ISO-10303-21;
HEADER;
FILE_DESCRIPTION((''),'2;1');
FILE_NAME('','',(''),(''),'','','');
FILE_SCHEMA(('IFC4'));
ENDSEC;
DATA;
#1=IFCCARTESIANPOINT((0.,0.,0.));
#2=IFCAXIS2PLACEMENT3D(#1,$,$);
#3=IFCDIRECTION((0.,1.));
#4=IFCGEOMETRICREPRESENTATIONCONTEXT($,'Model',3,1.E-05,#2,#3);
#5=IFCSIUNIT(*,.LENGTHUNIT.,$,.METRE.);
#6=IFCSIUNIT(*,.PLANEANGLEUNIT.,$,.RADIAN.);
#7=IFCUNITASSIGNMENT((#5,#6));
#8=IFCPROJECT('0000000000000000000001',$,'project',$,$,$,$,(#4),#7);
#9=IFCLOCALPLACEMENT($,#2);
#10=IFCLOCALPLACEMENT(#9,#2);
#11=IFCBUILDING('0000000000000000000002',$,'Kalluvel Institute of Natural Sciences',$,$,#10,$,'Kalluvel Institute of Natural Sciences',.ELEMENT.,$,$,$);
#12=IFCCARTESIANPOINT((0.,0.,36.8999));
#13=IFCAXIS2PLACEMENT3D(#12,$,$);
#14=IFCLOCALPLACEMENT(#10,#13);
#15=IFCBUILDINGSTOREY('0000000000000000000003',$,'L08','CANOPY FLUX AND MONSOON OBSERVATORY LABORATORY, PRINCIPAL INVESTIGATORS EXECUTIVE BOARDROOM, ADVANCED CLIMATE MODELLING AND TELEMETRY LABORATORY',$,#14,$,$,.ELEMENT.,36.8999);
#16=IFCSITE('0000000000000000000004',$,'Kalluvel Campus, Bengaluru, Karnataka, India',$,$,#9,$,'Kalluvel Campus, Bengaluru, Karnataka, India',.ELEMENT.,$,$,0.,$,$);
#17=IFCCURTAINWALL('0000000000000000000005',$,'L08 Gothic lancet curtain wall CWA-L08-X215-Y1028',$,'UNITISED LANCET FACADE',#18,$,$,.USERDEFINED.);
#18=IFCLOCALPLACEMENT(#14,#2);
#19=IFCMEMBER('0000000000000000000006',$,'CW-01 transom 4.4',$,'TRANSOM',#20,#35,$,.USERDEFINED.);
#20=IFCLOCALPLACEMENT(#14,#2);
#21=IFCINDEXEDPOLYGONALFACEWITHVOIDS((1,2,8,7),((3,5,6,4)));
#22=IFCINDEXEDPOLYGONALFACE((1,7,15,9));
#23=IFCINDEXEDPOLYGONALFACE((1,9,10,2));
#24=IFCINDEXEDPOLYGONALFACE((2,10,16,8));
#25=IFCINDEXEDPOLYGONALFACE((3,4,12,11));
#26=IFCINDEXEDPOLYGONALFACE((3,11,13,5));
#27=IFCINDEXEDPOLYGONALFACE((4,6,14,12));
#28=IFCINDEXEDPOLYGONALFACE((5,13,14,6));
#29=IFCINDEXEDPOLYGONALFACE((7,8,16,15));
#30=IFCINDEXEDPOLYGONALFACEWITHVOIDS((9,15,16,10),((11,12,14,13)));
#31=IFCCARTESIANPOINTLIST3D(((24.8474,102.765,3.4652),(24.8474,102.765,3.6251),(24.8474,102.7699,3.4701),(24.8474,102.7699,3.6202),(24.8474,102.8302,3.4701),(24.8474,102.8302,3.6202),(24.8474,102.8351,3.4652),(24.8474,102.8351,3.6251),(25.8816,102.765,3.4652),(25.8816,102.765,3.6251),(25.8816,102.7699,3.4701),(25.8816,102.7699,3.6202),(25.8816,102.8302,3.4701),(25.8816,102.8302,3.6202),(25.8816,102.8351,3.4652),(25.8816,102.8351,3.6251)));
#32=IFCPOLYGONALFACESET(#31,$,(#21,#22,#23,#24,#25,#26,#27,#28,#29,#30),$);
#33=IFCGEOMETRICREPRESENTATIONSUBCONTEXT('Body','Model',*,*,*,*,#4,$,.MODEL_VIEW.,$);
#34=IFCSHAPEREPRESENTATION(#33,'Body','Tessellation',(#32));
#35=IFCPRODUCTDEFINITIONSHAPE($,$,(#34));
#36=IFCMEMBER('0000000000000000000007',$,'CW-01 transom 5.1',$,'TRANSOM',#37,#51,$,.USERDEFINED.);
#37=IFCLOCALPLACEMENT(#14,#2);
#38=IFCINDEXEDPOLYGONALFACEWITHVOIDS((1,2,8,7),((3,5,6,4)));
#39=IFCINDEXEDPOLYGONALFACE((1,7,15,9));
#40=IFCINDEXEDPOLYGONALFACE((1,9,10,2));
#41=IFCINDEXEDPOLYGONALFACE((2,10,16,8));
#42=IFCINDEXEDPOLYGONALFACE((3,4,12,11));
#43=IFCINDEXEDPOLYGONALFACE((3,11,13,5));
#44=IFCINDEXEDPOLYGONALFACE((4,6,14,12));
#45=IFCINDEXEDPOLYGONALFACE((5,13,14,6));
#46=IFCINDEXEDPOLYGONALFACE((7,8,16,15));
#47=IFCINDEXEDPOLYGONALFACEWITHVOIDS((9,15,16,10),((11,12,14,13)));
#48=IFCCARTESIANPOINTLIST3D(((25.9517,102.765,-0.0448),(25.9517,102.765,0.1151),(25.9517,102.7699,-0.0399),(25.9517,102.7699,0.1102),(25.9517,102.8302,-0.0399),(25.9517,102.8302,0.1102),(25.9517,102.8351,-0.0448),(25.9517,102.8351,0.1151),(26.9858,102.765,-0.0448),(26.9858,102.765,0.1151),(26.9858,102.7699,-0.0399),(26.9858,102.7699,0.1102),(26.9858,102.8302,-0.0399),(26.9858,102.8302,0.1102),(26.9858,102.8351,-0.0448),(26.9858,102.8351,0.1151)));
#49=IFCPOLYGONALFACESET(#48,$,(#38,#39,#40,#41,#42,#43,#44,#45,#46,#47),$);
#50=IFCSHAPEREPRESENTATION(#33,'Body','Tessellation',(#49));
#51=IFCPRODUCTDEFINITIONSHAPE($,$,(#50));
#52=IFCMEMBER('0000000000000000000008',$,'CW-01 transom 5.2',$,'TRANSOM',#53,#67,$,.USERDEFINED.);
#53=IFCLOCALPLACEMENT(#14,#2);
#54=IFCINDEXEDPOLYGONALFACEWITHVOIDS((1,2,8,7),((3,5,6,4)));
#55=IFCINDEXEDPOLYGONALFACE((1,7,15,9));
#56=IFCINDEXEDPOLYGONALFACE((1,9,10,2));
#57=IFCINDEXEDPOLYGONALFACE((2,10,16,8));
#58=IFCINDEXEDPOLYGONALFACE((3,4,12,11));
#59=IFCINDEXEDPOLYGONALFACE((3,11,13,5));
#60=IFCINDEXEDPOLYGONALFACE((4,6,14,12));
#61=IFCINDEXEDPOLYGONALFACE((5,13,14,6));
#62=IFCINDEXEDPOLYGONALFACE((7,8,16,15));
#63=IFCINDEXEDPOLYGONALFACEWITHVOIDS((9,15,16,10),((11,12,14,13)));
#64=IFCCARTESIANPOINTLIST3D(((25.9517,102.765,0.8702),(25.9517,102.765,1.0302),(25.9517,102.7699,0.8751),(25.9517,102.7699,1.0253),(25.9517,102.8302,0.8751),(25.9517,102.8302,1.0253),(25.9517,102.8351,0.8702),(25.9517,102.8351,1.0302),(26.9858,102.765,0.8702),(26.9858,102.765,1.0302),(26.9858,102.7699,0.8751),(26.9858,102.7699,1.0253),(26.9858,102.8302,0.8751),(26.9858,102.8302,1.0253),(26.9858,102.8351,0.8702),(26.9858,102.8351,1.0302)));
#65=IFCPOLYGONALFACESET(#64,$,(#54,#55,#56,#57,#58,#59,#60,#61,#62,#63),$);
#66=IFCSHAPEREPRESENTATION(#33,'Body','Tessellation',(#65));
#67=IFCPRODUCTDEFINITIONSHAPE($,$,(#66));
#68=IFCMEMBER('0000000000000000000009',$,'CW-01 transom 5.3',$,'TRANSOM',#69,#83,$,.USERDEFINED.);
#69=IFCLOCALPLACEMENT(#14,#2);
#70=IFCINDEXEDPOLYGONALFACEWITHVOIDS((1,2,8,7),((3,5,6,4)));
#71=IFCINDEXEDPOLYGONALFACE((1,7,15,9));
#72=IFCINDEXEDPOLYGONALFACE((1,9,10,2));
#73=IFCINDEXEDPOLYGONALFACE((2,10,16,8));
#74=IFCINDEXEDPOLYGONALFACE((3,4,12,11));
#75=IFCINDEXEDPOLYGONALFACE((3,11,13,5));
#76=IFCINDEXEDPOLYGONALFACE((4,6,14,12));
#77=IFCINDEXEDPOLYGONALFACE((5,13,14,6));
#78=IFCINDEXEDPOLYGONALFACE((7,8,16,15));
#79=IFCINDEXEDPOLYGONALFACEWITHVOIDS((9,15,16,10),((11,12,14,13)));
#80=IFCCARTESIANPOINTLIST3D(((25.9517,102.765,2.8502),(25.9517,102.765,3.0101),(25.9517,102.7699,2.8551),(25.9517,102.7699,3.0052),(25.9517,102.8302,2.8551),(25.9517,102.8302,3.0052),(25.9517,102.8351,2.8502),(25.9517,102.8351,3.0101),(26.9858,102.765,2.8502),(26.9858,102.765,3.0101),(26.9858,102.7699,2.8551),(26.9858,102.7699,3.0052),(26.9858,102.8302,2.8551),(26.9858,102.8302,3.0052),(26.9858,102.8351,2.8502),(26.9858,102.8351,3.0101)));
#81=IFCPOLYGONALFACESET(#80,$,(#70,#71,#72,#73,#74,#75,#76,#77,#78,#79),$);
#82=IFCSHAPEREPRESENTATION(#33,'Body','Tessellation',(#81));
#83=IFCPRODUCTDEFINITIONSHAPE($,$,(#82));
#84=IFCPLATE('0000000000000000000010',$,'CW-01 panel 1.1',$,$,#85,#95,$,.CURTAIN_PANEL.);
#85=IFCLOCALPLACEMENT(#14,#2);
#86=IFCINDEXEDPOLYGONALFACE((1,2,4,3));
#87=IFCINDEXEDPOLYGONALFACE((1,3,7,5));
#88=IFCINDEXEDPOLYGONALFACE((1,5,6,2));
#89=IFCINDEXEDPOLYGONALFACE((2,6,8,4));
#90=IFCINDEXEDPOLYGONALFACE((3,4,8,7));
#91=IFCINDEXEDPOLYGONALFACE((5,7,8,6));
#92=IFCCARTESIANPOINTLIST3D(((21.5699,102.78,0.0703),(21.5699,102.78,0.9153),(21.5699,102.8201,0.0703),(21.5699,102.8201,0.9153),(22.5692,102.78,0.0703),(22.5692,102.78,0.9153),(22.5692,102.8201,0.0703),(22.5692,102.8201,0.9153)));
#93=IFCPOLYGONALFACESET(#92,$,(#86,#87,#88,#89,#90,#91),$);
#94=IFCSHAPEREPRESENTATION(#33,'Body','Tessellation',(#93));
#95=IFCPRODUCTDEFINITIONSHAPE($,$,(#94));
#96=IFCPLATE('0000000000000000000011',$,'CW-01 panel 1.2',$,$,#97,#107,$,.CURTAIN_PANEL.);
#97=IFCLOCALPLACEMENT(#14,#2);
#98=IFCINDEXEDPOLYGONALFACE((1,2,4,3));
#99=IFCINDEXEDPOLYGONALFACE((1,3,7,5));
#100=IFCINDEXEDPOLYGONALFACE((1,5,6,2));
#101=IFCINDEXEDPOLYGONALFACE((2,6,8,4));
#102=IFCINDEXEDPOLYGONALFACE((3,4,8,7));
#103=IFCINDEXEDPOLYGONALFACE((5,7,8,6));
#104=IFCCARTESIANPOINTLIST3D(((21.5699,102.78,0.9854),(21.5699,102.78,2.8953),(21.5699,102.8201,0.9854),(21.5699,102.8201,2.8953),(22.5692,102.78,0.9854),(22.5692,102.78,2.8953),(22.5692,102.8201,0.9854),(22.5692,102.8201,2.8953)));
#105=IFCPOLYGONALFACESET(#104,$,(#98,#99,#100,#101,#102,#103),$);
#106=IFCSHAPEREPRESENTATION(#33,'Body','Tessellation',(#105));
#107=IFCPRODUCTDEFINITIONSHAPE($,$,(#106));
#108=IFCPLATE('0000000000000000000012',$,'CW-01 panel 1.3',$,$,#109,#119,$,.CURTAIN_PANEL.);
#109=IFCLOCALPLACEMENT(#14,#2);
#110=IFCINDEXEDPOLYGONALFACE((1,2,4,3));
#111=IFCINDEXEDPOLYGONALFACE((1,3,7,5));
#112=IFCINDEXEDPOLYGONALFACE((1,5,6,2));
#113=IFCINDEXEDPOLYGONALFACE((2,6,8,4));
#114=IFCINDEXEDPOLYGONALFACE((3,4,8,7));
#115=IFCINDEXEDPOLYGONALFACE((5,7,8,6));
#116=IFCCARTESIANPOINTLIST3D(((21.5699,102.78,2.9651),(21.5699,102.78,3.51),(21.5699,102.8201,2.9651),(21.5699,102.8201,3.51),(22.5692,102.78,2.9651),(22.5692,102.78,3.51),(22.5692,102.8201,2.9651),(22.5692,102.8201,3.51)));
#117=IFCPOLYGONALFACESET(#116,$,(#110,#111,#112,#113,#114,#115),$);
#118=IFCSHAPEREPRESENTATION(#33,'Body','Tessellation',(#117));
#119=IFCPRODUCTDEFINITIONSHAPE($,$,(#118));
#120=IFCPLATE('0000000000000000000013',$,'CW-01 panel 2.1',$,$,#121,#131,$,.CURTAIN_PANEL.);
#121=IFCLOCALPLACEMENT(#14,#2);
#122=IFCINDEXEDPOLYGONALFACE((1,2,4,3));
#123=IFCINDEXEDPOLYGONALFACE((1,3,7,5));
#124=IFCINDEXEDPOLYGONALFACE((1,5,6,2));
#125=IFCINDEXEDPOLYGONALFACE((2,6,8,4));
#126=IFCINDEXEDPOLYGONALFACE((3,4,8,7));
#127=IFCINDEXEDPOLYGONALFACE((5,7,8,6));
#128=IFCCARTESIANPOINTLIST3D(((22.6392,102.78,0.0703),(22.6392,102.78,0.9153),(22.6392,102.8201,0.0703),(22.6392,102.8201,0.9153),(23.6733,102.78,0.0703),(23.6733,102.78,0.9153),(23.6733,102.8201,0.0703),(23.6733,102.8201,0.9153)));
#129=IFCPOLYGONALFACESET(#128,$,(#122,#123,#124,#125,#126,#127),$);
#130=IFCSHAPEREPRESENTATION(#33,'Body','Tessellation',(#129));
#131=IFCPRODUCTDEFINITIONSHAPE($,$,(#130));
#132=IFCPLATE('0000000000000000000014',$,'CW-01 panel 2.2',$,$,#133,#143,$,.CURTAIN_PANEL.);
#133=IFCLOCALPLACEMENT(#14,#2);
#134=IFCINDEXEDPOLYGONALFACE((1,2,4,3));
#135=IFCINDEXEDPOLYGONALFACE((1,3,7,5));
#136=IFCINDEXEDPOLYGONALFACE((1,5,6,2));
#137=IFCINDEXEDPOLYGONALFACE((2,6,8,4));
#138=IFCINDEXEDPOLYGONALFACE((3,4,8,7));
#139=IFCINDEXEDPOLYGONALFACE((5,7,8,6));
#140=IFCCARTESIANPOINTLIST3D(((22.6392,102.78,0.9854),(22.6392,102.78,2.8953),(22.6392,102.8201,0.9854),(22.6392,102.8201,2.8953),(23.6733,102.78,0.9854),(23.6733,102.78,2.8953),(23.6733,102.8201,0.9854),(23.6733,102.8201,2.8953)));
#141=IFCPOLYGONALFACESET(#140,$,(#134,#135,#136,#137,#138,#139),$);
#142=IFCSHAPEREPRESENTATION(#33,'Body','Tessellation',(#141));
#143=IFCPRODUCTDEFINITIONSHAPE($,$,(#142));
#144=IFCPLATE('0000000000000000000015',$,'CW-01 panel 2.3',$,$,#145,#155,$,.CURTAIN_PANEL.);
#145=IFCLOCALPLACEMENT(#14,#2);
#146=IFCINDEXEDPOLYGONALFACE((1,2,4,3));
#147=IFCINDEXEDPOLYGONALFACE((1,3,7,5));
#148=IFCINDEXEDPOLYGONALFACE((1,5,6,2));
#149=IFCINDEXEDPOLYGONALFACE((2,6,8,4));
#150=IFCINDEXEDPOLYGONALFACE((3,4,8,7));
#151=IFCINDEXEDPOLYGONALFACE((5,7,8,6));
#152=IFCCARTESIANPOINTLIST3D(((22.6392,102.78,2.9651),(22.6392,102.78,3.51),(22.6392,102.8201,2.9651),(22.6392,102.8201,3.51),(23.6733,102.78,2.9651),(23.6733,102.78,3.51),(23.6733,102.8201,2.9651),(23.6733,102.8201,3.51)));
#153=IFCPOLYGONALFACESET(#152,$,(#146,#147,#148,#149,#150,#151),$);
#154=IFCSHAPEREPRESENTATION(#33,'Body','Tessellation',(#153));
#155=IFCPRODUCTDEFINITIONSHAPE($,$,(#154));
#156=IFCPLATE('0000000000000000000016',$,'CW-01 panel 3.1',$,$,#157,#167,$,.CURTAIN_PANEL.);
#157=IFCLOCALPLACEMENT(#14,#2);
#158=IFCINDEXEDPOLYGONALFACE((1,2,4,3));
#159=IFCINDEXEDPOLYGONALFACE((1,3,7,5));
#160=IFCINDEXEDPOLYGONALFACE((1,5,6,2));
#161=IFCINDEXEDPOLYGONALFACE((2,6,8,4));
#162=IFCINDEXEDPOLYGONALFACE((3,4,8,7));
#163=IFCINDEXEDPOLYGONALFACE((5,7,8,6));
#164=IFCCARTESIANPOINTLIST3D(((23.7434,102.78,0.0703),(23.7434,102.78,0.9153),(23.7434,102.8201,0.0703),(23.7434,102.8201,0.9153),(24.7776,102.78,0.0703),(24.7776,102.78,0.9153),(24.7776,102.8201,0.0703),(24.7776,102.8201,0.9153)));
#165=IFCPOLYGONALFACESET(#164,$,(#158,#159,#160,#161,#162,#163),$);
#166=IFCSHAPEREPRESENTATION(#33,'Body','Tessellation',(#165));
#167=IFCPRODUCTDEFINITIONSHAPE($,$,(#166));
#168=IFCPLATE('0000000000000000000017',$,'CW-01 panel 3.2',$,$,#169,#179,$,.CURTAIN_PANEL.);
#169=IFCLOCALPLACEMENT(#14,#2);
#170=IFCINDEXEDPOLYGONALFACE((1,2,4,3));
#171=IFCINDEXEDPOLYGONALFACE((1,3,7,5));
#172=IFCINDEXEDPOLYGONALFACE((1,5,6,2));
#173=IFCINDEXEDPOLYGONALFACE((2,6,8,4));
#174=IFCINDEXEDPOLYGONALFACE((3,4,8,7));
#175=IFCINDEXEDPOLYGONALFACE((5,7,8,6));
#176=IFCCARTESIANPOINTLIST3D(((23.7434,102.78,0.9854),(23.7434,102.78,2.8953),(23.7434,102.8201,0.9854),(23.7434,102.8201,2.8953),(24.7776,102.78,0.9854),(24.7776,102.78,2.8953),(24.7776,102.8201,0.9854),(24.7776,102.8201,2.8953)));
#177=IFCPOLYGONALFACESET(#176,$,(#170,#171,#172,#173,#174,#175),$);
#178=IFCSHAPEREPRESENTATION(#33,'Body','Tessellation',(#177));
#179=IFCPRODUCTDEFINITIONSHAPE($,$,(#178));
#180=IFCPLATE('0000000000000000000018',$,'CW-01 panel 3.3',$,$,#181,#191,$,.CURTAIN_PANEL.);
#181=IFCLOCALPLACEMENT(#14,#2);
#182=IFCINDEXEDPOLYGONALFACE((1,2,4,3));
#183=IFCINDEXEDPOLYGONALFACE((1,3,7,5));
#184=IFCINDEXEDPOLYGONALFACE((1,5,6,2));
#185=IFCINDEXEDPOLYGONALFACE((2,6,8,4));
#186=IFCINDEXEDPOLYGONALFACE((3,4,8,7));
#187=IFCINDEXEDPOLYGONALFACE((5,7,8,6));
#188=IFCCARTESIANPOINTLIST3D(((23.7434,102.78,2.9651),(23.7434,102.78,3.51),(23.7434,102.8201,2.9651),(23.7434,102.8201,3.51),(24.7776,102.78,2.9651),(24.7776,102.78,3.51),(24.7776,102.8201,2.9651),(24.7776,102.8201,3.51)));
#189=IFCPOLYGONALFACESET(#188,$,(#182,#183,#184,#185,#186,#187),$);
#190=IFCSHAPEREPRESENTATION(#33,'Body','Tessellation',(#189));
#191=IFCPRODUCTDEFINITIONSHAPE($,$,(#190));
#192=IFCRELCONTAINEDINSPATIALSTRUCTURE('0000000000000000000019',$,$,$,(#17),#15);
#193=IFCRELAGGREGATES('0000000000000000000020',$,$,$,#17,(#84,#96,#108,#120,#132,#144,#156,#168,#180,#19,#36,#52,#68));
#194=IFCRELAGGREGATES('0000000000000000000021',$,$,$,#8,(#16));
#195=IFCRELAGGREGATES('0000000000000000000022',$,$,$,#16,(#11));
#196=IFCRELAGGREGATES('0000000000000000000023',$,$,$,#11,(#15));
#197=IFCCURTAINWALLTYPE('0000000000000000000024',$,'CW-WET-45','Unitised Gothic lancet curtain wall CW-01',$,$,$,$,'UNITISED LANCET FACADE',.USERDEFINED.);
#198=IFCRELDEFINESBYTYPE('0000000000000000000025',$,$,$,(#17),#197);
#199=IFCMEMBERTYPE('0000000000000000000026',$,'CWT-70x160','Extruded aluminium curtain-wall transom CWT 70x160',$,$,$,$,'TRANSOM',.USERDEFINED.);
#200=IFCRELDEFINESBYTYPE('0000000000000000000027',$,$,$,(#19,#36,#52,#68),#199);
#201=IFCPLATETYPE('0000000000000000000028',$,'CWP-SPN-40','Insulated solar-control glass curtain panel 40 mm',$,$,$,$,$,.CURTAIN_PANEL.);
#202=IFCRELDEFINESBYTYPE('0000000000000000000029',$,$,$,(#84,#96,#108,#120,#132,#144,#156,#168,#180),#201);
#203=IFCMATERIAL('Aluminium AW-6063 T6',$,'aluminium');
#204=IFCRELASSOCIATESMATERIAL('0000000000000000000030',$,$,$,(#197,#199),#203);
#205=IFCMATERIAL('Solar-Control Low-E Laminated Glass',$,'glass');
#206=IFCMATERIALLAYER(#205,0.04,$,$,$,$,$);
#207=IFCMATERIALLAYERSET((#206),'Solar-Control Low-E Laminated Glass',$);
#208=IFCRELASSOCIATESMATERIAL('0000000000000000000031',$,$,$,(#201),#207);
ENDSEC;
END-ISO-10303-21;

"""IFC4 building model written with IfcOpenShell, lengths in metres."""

from ifc_helpers import new_model, si_unit, direction, frame, origin, origin_2d, place, context, subcontext, project, spatial, rectangle, hollow_rectangle, extrude, material, layer, layer_set, material_profile, profile_set, type_object, element, aggregate, save


model = new_model("IFC4")

# Units and contexts
model_context = context("Model", 3, precision=1e-05, world=origin(), true_north=direction((0.0, 1.0)))
body_context = subcontext(model_context, "Body", "Model", "MODEL_VIEW")
ifc_project = project(units=[si_unit("LENGTHUNIT", "METRE"), si_unit("PLANEANGLEUNIT", "RADIAN")], contexts=[model_context])

# Site, building, storey
site_placement = place(None, origin())
site = spatial("IfcSite", under=ifc_project, at=site_placement, Name="Kalluvel Campus, Bengaluru, Karnataka, India", LongName="Kalluvel Campus, Bengaluru, Karnataka, India", CompositionType="ELEMENT", RefElevation=0.0)
building_placement = place(site_placement, origin())
building = spatial("IfcBuilding", under=site, at=building_placement, Name="Kalluvel Institute of Natural Sciences", LongName="Kalluvel Institute of Natural Sciences", CompositionType="ELEMENT")
storey_placement = place(building_placement, frame((0.0, 0.0, 36.8999)))
storey = spatial("IfcBuildingStorey", under=building, at=storey_placement, Name="L08", Description="CANOPY FLUX AND MONSOON OBSERVATORY LABORATORY, PRINCIPAL INVESTIGATORS EXECUTIVE BOARDROOM, ADVANCED CLIMATE MODELLING AND TELEMETRY LABORATORY", CompositionType="ELEMENT", Elevation=36.8999)

# Curtain wall, members, plates
ifc_material_1 = material(Name="Aluminium AW-6063 T6", Category="aluminium")
curtain_wall_type = type_object("IfcCurtainWallType", Name="CW-WET-45", Description="Unitised Gothic lancet curtain wall CW-01", ElementType="UNITISED LANCET FACADE", PredefinedType="USERDEFINED", material=ifc_material_1)
curtain_wall_placement = place(storey_placement, origin())
curtain_wall = element("IfcCurtainWall", 1, at=curtain_wall_placement, inside=storey, type_object=curtain_wall_type, Name="L08 Gothic lancet curtain wall CWA-L08-X215-Y1028", ObjectType="UNITISED LANCET FACADE", PredefinedType="USERDEFINED")
ifc_material_profile = material_profile(ifc_material_1, hollow_rectangle(XDim=0.0701, YDim=0.1599, WallThickness=0.0049, at=origin_2d()), Name="CWT 70x160")
ifc_profile_set = profile_set([ifc_material_profile], Name="Aluminium AW-6063 T6")
member_type = type_object("IfcMemberType", Name="CWT-70x160", Description="Extruded aluminium curtain-wall transom CWT 70x160", ElementType="TRANSOM", PredefinedType="USERDEFINED", material=ifc_profile_set)
member_1_placement = place(storey_placement, frame((24.8474, 102.8, 3.5452), z_axis=(1.0, 0.0, 0.0), x_axis=(0.0, 1.0, 0.0)))
member_1 = element("IfcMember", 2, at=member_1_placement, type_object=member_type, Name="CW-01 transom 4.4", ObjectType="TRANSOM", PredefinedType="USERDEFINED", context=body_context, shape_type="SweptSolid", body=[
    extrude(hollow_rectangle(XDim=0.0701, YDim=0.1599, WallThickness=0.0049, at=origin_2d()), origin(), (0.0, 0.0, 1.0), 1.0342),
])
member_2_placement = place(storey_placement, frame((25.9517, 102.8, 0.0352), z_axis=(1.0, 0.0, 0.0), x_axis=(0.0, 1.0, 0.0)))
member_2 = element("IfcMember", 3, at=member_2_placement, type_object=member_type, Name="CW-01 transom 5.1", ObjectType="TRANSOM", PredefinedType="USERDEFINED", context=body_context, shape_type="SweptSolid", body=[
    extrude(hollow_rectangle(XDim=0.0701, YDim=0.1599, WallThickness=0.0049, at=origin_2d()), origin(), (0.0, 0.0, 1.0), 1.0342),
])
member_3_placement = place(storey_placement, frame((25.9517, 102.8, 0.9502), z_axis=(1.0, 0.0, 0.0), x_axis=(0.0, 1.0, 0.0)))
member_3 = element("IfcMember", 4, at=member_3_placement, type_object=member_type, Name="CW-01 transom 5.2", ObjectType="TRANSOM", PredefinedType="USERDEFINED", context=body_context, shape_type="SweptSolid", body=[
    extrude(hollow_rectangle(XDim=0.0701, YDim=0.1599, WallThickness=0.0049, at=origin_2d()), origin(), (0.0, 0.0, 1.0), 1.0342),
])
member_4_placement = place(storey_placement, frame((25.9517, 102.8, 2.9302), z_axis=(1.0, 0.0, 0.0), x_axis=(0.0, 1.0, 0.0)))
member_4 = element("IfcMember", 5, at=member_4_placement, type_object=member_type, Name="CW-01 transom 5.3", ObjectType="TRANSOM", PredefinedType="USERDEFINED", context=body_context, shape_type="SweptSolid", body=[
    extrude(hollow_rectangle(XDim=0.0701, YDim=0.1599, WallThickness=0.0049, at=origin_2d()), origin(), (0.0, 0.0, 1.0), 1.0342),
])
ifc_material_2 = material(Name="Solar-Control Low-E Laminated Glass", Category="glass")
ifc_layer = layer(ifc_material_2, 0.04)
ifc_layer_set = layer_set([ifc_layer], Name="Solar-Control Low-E Laminated Glass")
plate_type = type_object("IfcPlateType", Name="CWP-SPN-40", Description="Insulated solar-control glass curtain panel 40 mm", PredefinedType="CURTAIN_PANEL", material=ifc_layer_set)
plate_1_placement = place(storey_placement, frame((22.0696, 102.8, 0.0703), z_axis=(0.0, 0.0, 1.0), x_axis=(1.0, 0.0, 0.0)))
plate_1 = element("IfcPlate", 6, at=plate_1_placement, type_object=plate_type, Name="CW-01 panel 1.1", PredefinedType="CURTAIN_PANEL", context=body_context, shape_type="SweptSolid", body=[
    extrude(rectangle(XDim=0.9993, YDim=0.04, at=origin_2d()), origin(), (0.0, 0.0, 1.0), 0.845),
])
plate_2_placement = place(storey_placement, frame((22.0696, 102.8, 0.9854), z_axis=(0.0, 0.0, 1.0), x_axis=(1.0, 0.0, 0.0)))
plate_2 = element("IfcPlate", 7, at=plate_2_placement, type_object=plate_type, Name="CW-01 panel 1.2", PredefinedType="CURTAIN_PANEL", context=body_context, shape_type="SweptSolid", body=[
    extrude(rectangle(XDim=0.9993, YDim=0.04, at=origin_2d()), origin(), (0.0, 0.0, 1.0), 1.9099),
])
plate_3_placement = place(storey_placement, frame((22.0696, 102.8, 2.9651), z_axis=(0.0, 0.0, 1.0), x_axis=(1.0, 0.0, 0.0)))
plate_3 = element("IfcPlate", 8, at=plate_3_placement, type_object=plate_type, Name="CW-01 panel 1.3", PredefinedType="CURTAIN_PANEL", context=body_context, shape_type="SweptSolid", body=[
    extrude(rectangle(XDim=0.9993, YDim=0.04, at=origin_2d()), origin(), (0.0, 0.0, 1.0), 0.5449),
])
plate_4_placement = place(storey_placement, frame((23.1562, 102.8, 0.0703), z_axis=(0.0, 0.0, 1.0), x_axis=(1.0, 0.0, 0.0)))
plate_4 = element("IfcPlate", 9, at=plate_4_placement, type_object=plate_type, Name="CW-01 panel 2.1", PredefinedType="CURTAIN_PANEL", context=body_context, shape_type="SweptSolid", body=[
    extrude(rectangle(XDim=1.0342, YDim=0.04, at=origin_2d()), origin(), (0.0, 0.0, 1.0), 0.845),
])
plate_5_placement = place(storey_placement, frame((23.1562, 102.8, 0.9854), z_axis=(0.0, 0.0, 1.0), x_axis=(1.0, 0.0, 0.0)))
plate_5 = element("IfcPlate", 10, at=plate_5_placement, type_object=plate_type, Name="CW-01 panel 2.2", PredefinedType="CURTAIN_PANEL", context=body_context, shape_type="SweptSolid", body=[
    extrude(rectangle(XDim=1.0342, YDim=0.04, at=origin_2d()), origin(), (0.0, 0.0, 1.0), 1.9099),
])
plate_6_placement = place(storey_placement, frame((23.1562, 102.8, 2.9651), z_axis=(0.0, 0.0, 1.0), x_axis=(1.0, 0.0, 0.0)))
plate_6 = element("IfcPlate", 11, at=plate_6_placement, type_object=plate_type, Name="CW-01 panel 2.3", PredefinedType="CURTAIN_PANEL", context=body_context, shape_type="SweptSolid", body=[
    extrude(rectangle(XDim=1.0342, YDim=0.04, at=origin_2d()), origin(), (0.0, 0.0, 1.0), 0.5449),
])
plate_7_placement = place(storey_placement, frame((24.2605, 102.8, 0.0703), z_axis=(0.0, 0.0, 1.0), x_axis=(1.0, 0.0, 0.0)))
plate_7 = element("IfcPlate", 12, at=plate_7_placement, type_object=plate_type, Name="CW-01 panel 3.1", PredefinedType="CURTAIN_PANEL", context=body_context, shape_type="SweptSolid", body=[
    extrude(rectangle(XDim=1.0342, YDim=0.04, at=origin_2d()), origin(), (0.0, 0.0, 1.0), 0.845),
])
plate_8_placement = place(storey_placement, frame((24.2605, 102.8, 0.9854), z_axis=(0.0, 0.0, 1.0), x_axis=(1.0, 0.0, 0.0)))
plate_8 = element("IfcPlate", 13, at=plate_8_placement, type_object=plate_type, Name="CW-01 panel 3.2", PredefinedType="CURTAIN_PANEL", context=body_context, shape_type="SweptSolid", body=[
    extrude(rectangle(XDim=1.0342, YDim=0.04, at=origin_2d()), origin(), (0.0, 0.0, 1.0), 1.9099),
])
plate_9_placement = place(storey_placement, frame((24.2605, 102.8, 2.9651), z_axis=(0.0, 0.0, 1.0), x_axis=(1.0, 0.0, 0.0)))
plate_9 = element("IfcPlate", 14, at=plate_9_placement, type_object=plate_type, Name="CW-01 panel 3.3", PredefinedType="CURTAIN_PANEL", context=body_context, shape_type="SweptSolid", body=[
    extrude(rectangle(XDim=1.0342, YDim=0.04, at=origin_2d()), origin(), (0.0, 0.0, 1.0), 0.5449),
])
aggregate(curtain_wall, [plate_1, plate_2, plate_3, plate_4, plate_5, plate_6, plate_7, plate_8, plate_9, member_1, member_2, member_3, member_4])

save(model, "model.ifc")
